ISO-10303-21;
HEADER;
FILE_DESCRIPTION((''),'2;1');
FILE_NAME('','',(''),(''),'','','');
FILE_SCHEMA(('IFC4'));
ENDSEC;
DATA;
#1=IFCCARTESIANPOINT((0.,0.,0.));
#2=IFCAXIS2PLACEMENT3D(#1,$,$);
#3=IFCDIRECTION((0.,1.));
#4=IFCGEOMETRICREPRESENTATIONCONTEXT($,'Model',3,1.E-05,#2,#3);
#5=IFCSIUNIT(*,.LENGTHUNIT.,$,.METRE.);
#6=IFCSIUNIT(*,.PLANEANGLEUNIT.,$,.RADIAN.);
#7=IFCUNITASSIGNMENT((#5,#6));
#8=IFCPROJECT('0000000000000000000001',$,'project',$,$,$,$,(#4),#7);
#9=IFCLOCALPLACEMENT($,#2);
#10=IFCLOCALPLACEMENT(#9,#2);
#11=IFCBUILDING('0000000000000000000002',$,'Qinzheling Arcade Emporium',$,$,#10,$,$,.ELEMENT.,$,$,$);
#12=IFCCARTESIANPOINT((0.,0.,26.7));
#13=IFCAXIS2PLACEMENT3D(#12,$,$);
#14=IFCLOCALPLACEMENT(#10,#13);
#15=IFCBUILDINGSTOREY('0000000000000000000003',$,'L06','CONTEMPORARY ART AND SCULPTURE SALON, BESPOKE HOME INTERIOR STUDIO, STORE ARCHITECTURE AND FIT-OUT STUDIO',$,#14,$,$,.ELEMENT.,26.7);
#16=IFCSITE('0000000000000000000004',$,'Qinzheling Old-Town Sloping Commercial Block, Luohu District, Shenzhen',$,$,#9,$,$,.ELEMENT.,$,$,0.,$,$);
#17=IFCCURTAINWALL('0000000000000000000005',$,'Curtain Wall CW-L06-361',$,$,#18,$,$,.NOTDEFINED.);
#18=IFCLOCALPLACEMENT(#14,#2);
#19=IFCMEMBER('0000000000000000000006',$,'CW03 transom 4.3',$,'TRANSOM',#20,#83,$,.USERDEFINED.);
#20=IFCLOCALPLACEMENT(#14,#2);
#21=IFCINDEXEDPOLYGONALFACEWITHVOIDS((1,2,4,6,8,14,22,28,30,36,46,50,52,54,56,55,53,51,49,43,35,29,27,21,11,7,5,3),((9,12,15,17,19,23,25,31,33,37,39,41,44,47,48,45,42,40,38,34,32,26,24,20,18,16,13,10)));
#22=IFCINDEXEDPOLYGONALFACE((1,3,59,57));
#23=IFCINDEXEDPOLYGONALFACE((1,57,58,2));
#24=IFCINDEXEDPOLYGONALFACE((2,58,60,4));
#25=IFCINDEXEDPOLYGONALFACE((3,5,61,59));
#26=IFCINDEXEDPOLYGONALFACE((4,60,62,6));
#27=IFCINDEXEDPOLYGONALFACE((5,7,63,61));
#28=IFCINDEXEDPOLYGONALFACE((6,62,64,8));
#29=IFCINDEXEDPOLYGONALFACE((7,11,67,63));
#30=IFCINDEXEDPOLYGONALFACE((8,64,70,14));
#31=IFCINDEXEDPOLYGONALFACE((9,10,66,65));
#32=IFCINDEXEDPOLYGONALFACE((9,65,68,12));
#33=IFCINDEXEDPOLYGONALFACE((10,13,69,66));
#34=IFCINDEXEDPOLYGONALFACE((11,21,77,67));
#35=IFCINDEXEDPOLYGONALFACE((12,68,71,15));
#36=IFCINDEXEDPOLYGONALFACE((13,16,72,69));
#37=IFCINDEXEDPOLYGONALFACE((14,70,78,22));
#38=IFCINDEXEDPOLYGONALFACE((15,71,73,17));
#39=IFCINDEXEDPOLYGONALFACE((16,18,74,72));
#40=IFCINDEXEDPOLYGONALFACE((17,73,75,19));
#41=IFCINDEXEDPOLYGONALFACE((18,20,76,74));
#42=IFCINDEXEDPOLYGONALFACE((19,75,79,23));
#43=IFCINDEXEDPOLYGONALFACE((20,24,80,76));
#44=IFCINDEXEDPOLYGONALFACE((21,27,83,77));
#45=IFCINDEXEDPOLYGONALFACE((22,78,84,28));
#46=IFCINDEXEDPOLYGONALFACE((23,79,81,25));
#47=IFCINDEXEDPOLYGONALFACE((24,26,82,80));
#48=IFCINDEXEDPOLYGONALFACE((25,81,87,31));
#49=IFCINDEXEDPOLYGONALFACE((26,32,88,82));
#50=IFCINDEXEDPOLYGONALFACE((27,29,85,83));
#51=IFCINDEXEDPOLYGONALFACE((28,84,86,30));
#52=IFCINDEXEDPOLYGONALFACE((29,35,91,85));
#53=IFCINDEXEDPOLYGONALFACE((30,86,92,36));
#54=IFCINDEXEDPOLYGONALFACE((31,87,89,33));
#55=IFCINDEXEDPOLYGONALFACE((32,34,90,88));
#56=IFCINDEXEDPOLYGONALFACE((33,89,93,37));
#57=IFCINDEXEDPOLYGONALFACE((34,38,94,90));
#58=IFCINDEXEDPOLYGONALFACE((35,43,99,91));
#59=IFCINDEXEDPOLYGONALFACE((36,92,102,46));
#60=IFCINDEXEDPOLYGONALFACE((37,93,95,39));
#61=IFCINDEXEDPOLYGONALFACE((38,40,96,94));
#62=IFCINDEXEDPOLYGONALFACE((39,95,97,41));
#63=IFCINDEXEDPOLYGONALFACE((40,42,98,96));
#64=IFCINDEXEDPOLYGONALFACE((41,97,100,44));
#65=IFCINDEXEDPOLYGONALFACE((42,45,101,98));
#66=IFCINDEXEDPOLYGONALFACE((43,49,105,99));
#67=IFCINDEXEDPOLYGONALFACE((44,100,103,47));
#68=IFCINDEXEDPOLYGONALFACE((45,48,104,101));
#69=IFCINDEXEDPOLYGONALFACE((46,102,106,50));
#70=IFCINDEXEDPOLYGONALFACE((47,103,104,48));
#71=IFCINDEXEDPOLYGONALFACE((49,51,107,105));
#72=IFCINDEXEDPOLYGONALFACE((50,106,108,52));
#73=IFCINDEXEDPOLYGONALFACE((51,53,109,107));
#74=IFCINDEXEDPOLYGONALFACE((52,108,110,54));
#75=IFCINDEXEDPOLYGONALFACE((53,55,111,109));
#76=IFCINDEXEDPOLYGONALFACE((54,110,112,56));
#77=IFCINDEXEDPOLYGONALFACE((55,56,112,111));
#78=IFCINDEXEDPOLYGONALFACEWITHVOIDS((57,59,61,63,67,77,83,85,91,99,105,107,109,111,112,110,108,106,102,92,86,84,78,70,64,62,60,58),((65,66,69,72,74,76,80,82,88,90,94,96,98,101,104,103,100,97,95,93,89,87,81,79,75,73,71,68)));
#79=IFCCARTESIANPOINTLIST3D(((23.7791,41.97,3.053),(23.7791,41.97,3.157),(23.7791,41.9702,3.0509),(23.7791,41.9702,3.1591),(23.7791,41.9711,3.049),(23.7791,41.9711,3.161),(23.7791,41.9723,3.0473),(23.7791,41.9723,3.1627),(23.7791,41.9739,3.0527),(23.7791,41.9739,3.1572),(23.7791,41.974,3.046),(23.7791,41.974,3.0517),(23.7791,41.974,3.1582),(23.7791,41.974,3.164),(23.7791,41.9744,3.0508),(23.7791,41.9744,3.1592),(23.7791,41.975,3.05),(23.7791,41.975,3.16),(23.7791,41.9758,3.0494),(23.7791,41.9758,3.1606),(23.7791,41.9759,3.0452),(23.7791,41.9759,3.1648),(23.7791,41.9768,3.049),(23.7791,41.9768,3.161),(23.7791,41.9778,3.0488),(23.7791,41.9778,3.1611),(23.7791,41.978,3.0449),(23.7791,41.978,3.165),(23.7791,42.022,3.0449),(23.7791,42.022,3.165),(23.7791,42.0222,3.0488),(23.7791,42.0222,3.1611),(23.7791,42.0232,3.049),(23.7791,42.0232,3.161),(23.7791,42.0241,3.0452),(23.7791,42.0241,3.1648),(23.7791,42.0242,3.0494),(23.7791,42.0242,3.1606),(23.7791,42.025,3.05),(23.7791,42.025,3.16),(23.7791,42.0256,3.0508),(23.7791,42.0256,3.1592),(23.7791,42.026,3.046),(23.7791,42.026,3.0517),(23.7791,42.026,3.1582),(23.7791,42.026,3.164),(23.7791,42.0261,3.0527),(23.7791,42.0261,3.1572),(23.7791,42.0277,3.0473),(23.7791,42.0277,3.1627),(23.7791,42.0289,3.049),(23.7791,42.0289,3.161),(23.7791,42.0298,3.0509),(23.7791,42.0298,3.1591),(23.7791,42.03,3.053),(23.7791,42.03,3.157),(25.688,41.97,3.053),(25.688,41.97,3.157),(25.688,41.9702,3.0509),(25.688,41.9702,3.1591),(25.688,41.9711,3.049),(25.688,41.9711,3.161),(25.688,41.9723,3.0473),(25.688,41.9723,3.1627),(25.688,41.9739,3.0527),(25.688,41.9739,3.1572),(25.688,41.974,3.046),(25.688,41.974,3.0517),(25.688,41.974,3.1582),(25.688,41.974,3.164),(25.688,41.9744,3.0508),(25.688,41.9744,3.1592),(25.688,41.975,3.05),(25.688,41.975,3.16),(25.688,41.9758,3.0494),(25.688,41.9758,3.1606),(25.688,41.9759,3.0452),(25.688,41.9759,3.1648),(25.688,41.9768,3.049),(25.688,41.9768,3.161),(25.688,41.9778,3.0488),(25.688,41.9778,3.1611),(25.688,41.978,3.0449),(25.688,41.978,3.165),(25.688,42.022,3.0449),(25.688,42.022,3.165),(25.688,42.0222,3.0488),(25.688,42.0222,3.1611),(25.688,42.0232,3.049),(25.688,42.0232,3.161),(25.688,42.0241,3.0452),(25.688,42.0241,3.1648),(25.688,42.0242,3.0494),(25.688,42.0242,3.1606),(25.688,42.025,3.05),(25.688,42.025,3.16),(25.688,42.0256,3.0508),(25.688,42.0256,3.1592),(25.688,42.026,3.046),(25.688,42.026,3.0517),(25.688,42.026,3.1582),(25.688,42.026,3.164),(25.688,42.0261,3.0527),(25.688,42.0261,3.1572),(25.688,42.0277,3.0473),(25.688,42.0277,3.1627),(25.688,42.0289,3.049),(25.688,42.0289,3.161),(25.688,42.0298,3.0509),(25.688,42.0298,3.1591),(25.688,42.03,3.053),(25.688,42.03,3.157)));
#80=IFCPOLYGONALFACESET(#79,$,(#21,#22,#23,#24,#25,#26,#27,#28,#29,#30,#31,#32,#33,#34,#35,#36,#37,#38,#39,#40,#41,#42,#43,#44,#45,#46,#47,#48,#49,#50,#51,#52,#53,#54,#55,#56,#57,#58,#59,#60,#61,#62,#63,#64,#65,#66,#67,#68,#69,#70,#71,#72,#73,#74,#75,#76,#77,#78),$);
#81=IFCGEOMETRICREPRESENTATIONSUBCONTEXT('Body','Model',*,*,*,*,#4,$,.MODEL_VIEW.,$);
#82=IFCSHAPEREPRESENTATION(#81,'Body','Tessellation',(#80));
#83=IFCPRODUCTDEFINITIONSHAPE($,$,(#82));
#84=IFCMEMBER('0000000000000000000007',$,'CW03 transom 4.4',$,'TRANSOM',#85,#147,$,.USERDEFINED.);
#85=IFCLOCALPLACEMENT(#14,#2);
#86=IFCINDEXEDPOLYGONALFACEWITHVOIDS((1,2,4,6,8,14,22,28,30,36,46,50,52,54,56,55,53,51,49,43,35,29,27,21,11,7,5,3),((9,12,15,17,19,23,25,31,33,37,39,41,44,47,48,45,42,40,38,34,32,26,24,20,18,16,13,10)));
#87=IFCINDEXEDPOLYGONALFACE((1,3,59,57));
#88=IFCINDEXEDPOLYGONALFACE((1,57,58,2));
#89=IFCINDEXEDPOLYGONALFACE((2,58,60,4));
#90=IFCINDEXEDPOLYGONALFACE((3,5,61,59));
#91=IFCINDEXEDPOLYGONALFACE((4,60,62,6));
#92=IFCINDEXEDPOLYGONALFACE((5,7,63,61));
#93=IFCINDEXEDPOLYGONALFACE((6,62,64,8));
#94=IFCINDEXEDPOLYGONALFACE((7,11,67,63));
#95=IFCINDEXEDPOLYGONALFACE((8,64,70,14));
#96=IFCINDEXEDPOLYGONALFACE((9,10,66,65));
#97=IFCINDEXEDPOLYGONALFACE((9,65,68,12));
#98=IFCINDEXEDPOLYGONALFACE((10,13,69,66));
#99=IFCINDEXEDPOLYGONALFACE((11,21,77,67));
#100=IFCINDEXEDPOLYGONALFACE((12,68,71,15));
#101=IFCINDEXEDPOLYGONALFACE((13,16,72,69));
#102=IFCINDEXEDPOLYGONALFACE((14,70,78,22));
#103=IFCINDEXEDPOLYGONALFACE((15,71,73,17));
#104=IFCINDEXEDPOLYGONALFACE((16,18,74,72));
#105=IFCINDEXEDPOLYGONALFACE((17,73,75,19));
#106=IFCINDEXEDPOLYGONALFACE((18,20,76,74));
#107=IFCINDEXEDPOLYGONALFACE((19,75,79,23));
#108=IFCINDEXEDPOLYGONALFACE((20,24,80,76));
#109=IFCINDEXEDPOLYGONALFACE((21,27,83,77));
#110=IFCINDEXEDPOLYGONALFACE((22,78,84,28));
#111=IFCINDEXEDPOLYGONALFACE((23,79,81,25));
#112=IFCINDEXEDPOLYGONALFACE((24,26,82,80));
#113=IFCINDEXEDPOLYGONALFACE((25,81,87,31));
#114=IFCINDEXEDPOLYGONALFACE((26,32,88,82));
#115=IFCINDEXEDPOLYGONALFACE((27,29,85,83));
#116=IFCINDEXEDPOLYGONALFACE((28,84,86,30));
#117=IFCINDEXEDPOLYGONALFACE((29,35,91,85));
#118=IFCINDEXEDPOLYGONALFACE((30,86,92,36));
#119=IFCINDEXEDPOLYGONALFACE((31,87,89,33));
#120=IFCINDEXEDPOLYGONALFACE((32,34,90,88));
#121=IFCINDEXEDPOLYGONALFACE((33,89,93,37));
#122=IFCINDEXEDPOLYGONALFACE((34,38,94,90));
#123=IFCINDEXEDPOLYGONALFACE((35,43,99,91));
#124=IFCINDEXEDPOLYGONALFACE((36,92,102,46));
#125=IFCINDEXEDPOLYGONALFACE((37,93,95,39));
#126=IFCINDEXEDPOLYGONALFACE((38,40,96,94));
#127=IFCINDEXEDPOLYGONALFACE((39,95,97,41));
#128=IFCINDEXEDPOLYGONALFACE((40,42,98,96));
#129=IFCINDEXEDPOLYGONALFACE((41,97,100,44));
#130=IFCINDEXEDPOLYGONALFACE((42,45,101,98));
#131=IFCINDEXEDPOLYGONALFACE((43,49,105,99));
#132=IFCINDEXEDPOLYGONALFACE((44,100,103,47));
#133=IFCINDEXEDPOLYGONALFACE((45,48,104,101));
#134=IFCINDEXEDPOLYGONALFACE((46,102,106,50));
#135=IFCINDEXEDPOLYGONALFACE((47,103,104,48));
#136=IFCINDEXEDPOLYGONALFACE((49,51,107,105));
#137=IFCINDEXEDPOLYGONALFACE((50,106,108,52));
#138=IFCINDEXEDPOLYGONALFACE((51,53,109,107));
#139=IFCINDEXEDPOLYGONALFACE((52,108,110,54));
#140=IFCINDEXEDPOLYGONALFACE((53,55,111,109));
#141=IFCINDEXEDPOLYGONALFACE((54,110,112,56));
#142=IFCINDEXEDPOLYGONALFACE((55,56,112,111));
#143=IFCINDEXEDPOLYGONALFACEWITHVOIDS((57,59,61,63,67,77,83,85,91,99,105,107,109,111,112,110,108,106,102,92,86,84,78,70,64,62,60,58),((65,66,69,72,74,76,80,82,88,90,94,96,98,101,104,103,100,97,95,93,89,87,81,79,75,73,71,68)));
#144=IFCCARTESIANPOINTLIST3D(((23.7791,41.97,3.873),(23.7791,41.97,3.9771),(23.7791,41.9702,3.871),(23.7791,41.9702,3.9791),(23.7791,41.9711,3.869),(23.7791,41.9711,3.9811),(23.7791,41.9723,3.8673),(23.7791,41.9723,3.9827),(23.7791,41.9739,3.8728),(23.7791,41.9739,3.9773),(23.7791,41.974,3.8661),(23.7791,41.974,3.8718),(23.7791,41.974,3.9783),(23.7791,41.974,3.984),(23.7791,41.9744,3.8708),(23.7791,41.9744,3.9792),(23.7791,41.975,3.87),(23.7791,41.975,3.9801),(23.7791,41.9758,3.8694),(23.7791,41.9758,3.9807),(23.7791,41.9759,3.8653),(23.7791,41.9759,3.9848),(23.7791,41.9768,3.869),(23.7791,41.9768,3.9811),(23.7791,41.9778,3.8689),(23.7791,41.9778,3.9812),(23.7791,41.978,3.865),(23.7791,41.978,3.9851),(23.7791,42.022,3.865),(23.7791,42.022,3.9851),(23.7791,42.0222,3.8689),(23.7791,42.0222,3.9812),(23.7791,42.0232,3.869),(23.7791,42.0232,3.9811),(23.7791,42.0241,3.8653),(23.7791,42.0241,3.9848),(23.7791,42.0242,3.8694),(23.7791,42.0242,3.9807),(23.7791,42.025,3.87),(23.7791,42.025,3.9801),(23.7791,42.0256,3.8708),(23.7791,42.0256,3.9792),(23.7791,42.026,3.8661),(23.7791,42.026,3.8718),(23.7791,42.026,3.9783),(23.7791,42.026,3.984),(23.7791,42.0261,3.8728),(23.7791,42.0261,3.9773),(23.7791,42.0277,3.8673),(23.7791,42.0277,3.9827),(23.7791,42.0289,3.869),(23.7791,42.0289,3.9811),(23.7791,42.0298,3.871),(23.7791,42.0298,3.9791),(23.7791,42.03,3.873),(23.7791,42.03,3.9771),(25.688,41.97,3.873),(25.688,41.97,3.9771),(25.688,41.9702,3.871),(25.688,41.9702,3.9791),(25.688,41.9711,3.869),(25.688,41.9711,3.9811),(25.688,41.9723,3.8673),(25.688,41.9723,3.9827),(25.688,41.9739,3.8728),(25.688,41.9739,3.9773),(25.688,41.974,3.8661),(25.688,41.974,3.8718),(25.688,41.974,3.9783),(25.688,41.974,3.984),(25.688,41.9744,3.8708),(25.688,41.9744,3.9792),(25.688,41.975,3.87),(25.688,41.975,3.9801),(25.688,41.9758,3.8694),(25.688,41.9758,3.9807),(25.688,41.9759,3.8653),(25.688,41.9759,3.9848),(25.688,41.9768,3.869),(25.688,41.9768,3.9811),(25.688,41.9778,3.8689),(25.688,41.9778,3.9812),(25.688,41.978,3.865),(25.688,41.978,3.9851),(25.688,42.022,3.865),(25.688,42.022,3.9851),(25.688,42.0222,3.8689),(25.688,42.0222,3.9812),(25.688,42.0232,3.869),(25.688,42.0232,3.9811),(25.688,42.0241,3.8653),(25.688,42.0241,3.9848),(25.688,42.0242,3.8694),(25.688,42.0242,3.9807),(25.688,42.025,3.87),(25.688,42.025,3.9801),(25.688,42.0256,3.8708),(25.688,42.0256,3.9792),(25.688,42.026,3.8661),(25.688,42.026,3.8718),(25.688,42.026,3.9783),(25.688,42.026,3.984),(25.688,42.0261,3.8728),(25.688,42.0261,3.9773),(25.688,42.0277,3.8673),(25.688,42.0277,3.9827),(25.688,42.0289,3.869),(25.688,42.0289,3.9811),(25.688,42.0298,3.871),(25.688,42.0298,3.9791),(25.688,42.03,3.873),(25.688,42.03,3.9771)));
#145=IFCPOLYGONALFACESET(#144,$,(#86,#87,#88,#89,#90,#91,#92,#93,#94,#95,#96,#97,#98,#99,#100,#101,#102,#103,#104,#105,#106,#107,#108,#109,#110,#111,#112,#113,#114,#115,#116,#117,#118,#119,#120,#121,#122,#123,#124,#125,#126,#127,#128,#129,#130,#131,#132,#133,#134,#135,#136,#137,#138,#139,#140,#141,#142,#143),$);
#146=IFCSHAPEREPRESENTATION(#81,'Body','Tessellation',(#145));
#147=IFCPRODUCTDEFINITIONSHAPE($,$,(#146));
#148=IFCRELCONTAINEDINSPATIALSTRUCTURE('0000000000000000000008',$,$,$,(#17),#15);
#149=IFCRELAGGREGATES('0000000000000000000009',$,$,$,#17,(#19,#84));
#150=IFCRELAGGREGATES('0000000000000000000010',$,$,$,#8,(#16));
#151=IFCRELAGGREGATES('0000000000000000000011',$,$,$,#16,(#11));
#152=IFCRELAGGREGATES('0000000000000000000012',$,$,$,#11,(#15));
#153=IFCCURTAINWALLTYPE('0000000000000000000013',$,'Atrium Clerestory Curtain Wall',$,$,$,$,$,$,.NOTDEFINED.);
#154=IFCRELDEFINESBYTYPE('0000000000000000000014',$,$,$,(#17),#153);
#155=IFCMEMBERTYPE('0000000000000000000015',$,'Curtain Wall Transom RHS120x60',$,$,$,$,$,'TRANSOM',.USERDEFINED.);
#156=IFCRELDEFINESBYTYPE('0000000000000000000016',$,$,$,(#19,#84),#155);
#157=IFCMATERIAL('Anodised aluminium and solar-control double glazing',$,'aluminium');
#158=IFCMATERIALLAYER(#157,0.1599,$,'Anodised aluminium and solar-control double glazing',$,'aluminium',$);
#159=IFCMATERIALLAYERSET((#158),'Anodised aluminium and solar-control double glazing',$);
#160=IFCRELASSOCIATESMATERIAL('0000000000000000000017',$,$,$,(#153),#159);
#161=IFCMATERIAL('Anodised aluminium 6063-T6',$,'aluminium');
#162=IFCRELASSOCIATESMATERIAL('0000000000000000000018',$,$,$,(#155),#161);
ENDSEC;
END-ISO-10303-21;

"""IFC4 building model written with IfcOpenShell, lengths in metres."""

from ifc_helpers import new_model, si_unit, direction, frame, origin, origin_2d, place, context, subcontext, project, spatial, hollow_rectangle, extrude, material, layer, layer_set, material_profile, profile_set, type_object, element, aggregate, save


model = new_model("IFC4")

# Units and contexts
model_context = context("Model", 3, precision=1e-05, world=origin(), true_north=direction((0.0, 1.0)))
body_context = subcontext(model_context, "Body", "Model", "MODEL_VIEW")
ifc_project = project(units=[si_unit("LENGTHUNIT", "METRE"), si_unit("PLANEANGLEUNIT", "RADIAN")], contexts=[model_context])

# Site, building, storey
site_placement = place(None, origin())
site = spatial("IfcSite", under=ifc_project, at=site_placement, Name="Qinzheling Old-Town Sloping Commercial Block, Luohu District, Shenzhen", CompositionType="ELEMENT", RefElevation=0.0)
building_placement = place(site_placement, origin())
building = spatial("IfcBuilding", under=site, at=building_placement, Name="Qinzheling Arcade Emporium", CompositionType="ELEMENT")
storey_placement = place(building_placement, frame((0.0, 0.0, 26.7)))
storey = spatial("IfcBuildingStorey", under=building, at=storey_placement, Name="L06", Description="CONTEMPORARY ART AND SCULPTURE SALON, BESPOKE HOME INTERIOR STUDIO, STORE ARCHITECTURE AND FIT-OUT STUDIO", CompositionType="ELEMENT", Elevation=26.7)

# Curtain wall
ifc_material_1 = material(Name="Anodised aluminium and solar-control double glazing", Category="aluminium")
ifc_layer_1 = layer(ifc_material_1, 0.1599, Name="Anodised aluminium and solar-control double glazing", Category="aluminium")
ifc_layer_set_1 = layer_set([ifc_layer_1], Name="Anodised aluminium and solar-control double glazing")
curtain_wall_type = type_object("IfcCurtainWallType", Name="Atrium Clerestory Curtain Wall", PredefinedType="NOTDEFINED", material=ifc_layer_set_1)
curtain_wall_1_placement = place(storey_placement, origin())
curtain_wall_1 = element("IfcCurtainWall", 1, at=curtain_wall_1_placement, inside=storey, type_object=curtain_wall_type, Name="Curtain Wall CW-L06-361", PredefinedType="NOTDEFINED")
ifc_material_2 = material(Name="Anodised aluminium 6063-T6", Category="aluminium")

# Members
ifc_material_profile_1 = material_profile(ifc_material_2, hollow_rectangle(XDim=0.0601, YDim=0.1201, WallThickness=0.0039, InnerFilletRadius=0.0039, OuterFilletRadius=0.0081, at=origin_2d()), Name="RHS 120x60x4", Category="aluminium")
ifc_profile_set_1 = profile_set([ifc_material_profile_1], Name="Anodised aluminium 6063-T6")
member_type_1 = type_object("IfcMemberType", Name="Curtain Wall Transom RHS120x60", ElementType="TRANSOM", PredefinedType="USERDEFINED", material=ifc_profile_set_1)
member_1_placement = place(storey_placement, frame((23.7791, 42.0, 3.105), z_axis=(1.0, 0.0, 0.0), x_axis=(0.0, 1.0, 0.0)))
member_1 = element("IfcMember", 2, at=member_1_placement, type_object=member_type_1, Name="CW03 transom 4.3", ObjectType="TRANSOM", PredefinedType="USERDEFINED", context=body_context, shape_type="SweptSolid", body=[
    extrude(hollow_rectangle(XDim=0.0601, YDim=0.1201, WallThickness=0.0039, InnerFilletRadius=0.0039, OuterFilletRadius=0.0081, at=origin_2d()), origin(), (0.0, 0.0, 1.0), 1.9089),
])
member_2_placement = place(storey_placement, frame((23.7791, 42.0, 3.925), z_axis=(1.0, 0.0, 0.0), x_axis=(0.0, 1.0, 0.0)))
member_2 = element("IfcMember", 3, at=member_2_placement, type_object=member_type_1, Name="CW03 transom 4.4", ObjectType="TRANSOM", PredefinedType="USERDEFINED", context=body_context, shape_type="SweptSolid", body=[
    extrude(hollow_rectangle(XDim=0.0601, YDim=0.1201, WallThickness=0.0039, InnerFilletRadius=0.0039, OuterFilletRadius=0.0081, at=origin_2d()), origin(), (0.0, 0.0, 1.0), 1.9089),
])

aggregate(curtain_wall_1, [member_1, member_2])

save(model, "model.ifc")
